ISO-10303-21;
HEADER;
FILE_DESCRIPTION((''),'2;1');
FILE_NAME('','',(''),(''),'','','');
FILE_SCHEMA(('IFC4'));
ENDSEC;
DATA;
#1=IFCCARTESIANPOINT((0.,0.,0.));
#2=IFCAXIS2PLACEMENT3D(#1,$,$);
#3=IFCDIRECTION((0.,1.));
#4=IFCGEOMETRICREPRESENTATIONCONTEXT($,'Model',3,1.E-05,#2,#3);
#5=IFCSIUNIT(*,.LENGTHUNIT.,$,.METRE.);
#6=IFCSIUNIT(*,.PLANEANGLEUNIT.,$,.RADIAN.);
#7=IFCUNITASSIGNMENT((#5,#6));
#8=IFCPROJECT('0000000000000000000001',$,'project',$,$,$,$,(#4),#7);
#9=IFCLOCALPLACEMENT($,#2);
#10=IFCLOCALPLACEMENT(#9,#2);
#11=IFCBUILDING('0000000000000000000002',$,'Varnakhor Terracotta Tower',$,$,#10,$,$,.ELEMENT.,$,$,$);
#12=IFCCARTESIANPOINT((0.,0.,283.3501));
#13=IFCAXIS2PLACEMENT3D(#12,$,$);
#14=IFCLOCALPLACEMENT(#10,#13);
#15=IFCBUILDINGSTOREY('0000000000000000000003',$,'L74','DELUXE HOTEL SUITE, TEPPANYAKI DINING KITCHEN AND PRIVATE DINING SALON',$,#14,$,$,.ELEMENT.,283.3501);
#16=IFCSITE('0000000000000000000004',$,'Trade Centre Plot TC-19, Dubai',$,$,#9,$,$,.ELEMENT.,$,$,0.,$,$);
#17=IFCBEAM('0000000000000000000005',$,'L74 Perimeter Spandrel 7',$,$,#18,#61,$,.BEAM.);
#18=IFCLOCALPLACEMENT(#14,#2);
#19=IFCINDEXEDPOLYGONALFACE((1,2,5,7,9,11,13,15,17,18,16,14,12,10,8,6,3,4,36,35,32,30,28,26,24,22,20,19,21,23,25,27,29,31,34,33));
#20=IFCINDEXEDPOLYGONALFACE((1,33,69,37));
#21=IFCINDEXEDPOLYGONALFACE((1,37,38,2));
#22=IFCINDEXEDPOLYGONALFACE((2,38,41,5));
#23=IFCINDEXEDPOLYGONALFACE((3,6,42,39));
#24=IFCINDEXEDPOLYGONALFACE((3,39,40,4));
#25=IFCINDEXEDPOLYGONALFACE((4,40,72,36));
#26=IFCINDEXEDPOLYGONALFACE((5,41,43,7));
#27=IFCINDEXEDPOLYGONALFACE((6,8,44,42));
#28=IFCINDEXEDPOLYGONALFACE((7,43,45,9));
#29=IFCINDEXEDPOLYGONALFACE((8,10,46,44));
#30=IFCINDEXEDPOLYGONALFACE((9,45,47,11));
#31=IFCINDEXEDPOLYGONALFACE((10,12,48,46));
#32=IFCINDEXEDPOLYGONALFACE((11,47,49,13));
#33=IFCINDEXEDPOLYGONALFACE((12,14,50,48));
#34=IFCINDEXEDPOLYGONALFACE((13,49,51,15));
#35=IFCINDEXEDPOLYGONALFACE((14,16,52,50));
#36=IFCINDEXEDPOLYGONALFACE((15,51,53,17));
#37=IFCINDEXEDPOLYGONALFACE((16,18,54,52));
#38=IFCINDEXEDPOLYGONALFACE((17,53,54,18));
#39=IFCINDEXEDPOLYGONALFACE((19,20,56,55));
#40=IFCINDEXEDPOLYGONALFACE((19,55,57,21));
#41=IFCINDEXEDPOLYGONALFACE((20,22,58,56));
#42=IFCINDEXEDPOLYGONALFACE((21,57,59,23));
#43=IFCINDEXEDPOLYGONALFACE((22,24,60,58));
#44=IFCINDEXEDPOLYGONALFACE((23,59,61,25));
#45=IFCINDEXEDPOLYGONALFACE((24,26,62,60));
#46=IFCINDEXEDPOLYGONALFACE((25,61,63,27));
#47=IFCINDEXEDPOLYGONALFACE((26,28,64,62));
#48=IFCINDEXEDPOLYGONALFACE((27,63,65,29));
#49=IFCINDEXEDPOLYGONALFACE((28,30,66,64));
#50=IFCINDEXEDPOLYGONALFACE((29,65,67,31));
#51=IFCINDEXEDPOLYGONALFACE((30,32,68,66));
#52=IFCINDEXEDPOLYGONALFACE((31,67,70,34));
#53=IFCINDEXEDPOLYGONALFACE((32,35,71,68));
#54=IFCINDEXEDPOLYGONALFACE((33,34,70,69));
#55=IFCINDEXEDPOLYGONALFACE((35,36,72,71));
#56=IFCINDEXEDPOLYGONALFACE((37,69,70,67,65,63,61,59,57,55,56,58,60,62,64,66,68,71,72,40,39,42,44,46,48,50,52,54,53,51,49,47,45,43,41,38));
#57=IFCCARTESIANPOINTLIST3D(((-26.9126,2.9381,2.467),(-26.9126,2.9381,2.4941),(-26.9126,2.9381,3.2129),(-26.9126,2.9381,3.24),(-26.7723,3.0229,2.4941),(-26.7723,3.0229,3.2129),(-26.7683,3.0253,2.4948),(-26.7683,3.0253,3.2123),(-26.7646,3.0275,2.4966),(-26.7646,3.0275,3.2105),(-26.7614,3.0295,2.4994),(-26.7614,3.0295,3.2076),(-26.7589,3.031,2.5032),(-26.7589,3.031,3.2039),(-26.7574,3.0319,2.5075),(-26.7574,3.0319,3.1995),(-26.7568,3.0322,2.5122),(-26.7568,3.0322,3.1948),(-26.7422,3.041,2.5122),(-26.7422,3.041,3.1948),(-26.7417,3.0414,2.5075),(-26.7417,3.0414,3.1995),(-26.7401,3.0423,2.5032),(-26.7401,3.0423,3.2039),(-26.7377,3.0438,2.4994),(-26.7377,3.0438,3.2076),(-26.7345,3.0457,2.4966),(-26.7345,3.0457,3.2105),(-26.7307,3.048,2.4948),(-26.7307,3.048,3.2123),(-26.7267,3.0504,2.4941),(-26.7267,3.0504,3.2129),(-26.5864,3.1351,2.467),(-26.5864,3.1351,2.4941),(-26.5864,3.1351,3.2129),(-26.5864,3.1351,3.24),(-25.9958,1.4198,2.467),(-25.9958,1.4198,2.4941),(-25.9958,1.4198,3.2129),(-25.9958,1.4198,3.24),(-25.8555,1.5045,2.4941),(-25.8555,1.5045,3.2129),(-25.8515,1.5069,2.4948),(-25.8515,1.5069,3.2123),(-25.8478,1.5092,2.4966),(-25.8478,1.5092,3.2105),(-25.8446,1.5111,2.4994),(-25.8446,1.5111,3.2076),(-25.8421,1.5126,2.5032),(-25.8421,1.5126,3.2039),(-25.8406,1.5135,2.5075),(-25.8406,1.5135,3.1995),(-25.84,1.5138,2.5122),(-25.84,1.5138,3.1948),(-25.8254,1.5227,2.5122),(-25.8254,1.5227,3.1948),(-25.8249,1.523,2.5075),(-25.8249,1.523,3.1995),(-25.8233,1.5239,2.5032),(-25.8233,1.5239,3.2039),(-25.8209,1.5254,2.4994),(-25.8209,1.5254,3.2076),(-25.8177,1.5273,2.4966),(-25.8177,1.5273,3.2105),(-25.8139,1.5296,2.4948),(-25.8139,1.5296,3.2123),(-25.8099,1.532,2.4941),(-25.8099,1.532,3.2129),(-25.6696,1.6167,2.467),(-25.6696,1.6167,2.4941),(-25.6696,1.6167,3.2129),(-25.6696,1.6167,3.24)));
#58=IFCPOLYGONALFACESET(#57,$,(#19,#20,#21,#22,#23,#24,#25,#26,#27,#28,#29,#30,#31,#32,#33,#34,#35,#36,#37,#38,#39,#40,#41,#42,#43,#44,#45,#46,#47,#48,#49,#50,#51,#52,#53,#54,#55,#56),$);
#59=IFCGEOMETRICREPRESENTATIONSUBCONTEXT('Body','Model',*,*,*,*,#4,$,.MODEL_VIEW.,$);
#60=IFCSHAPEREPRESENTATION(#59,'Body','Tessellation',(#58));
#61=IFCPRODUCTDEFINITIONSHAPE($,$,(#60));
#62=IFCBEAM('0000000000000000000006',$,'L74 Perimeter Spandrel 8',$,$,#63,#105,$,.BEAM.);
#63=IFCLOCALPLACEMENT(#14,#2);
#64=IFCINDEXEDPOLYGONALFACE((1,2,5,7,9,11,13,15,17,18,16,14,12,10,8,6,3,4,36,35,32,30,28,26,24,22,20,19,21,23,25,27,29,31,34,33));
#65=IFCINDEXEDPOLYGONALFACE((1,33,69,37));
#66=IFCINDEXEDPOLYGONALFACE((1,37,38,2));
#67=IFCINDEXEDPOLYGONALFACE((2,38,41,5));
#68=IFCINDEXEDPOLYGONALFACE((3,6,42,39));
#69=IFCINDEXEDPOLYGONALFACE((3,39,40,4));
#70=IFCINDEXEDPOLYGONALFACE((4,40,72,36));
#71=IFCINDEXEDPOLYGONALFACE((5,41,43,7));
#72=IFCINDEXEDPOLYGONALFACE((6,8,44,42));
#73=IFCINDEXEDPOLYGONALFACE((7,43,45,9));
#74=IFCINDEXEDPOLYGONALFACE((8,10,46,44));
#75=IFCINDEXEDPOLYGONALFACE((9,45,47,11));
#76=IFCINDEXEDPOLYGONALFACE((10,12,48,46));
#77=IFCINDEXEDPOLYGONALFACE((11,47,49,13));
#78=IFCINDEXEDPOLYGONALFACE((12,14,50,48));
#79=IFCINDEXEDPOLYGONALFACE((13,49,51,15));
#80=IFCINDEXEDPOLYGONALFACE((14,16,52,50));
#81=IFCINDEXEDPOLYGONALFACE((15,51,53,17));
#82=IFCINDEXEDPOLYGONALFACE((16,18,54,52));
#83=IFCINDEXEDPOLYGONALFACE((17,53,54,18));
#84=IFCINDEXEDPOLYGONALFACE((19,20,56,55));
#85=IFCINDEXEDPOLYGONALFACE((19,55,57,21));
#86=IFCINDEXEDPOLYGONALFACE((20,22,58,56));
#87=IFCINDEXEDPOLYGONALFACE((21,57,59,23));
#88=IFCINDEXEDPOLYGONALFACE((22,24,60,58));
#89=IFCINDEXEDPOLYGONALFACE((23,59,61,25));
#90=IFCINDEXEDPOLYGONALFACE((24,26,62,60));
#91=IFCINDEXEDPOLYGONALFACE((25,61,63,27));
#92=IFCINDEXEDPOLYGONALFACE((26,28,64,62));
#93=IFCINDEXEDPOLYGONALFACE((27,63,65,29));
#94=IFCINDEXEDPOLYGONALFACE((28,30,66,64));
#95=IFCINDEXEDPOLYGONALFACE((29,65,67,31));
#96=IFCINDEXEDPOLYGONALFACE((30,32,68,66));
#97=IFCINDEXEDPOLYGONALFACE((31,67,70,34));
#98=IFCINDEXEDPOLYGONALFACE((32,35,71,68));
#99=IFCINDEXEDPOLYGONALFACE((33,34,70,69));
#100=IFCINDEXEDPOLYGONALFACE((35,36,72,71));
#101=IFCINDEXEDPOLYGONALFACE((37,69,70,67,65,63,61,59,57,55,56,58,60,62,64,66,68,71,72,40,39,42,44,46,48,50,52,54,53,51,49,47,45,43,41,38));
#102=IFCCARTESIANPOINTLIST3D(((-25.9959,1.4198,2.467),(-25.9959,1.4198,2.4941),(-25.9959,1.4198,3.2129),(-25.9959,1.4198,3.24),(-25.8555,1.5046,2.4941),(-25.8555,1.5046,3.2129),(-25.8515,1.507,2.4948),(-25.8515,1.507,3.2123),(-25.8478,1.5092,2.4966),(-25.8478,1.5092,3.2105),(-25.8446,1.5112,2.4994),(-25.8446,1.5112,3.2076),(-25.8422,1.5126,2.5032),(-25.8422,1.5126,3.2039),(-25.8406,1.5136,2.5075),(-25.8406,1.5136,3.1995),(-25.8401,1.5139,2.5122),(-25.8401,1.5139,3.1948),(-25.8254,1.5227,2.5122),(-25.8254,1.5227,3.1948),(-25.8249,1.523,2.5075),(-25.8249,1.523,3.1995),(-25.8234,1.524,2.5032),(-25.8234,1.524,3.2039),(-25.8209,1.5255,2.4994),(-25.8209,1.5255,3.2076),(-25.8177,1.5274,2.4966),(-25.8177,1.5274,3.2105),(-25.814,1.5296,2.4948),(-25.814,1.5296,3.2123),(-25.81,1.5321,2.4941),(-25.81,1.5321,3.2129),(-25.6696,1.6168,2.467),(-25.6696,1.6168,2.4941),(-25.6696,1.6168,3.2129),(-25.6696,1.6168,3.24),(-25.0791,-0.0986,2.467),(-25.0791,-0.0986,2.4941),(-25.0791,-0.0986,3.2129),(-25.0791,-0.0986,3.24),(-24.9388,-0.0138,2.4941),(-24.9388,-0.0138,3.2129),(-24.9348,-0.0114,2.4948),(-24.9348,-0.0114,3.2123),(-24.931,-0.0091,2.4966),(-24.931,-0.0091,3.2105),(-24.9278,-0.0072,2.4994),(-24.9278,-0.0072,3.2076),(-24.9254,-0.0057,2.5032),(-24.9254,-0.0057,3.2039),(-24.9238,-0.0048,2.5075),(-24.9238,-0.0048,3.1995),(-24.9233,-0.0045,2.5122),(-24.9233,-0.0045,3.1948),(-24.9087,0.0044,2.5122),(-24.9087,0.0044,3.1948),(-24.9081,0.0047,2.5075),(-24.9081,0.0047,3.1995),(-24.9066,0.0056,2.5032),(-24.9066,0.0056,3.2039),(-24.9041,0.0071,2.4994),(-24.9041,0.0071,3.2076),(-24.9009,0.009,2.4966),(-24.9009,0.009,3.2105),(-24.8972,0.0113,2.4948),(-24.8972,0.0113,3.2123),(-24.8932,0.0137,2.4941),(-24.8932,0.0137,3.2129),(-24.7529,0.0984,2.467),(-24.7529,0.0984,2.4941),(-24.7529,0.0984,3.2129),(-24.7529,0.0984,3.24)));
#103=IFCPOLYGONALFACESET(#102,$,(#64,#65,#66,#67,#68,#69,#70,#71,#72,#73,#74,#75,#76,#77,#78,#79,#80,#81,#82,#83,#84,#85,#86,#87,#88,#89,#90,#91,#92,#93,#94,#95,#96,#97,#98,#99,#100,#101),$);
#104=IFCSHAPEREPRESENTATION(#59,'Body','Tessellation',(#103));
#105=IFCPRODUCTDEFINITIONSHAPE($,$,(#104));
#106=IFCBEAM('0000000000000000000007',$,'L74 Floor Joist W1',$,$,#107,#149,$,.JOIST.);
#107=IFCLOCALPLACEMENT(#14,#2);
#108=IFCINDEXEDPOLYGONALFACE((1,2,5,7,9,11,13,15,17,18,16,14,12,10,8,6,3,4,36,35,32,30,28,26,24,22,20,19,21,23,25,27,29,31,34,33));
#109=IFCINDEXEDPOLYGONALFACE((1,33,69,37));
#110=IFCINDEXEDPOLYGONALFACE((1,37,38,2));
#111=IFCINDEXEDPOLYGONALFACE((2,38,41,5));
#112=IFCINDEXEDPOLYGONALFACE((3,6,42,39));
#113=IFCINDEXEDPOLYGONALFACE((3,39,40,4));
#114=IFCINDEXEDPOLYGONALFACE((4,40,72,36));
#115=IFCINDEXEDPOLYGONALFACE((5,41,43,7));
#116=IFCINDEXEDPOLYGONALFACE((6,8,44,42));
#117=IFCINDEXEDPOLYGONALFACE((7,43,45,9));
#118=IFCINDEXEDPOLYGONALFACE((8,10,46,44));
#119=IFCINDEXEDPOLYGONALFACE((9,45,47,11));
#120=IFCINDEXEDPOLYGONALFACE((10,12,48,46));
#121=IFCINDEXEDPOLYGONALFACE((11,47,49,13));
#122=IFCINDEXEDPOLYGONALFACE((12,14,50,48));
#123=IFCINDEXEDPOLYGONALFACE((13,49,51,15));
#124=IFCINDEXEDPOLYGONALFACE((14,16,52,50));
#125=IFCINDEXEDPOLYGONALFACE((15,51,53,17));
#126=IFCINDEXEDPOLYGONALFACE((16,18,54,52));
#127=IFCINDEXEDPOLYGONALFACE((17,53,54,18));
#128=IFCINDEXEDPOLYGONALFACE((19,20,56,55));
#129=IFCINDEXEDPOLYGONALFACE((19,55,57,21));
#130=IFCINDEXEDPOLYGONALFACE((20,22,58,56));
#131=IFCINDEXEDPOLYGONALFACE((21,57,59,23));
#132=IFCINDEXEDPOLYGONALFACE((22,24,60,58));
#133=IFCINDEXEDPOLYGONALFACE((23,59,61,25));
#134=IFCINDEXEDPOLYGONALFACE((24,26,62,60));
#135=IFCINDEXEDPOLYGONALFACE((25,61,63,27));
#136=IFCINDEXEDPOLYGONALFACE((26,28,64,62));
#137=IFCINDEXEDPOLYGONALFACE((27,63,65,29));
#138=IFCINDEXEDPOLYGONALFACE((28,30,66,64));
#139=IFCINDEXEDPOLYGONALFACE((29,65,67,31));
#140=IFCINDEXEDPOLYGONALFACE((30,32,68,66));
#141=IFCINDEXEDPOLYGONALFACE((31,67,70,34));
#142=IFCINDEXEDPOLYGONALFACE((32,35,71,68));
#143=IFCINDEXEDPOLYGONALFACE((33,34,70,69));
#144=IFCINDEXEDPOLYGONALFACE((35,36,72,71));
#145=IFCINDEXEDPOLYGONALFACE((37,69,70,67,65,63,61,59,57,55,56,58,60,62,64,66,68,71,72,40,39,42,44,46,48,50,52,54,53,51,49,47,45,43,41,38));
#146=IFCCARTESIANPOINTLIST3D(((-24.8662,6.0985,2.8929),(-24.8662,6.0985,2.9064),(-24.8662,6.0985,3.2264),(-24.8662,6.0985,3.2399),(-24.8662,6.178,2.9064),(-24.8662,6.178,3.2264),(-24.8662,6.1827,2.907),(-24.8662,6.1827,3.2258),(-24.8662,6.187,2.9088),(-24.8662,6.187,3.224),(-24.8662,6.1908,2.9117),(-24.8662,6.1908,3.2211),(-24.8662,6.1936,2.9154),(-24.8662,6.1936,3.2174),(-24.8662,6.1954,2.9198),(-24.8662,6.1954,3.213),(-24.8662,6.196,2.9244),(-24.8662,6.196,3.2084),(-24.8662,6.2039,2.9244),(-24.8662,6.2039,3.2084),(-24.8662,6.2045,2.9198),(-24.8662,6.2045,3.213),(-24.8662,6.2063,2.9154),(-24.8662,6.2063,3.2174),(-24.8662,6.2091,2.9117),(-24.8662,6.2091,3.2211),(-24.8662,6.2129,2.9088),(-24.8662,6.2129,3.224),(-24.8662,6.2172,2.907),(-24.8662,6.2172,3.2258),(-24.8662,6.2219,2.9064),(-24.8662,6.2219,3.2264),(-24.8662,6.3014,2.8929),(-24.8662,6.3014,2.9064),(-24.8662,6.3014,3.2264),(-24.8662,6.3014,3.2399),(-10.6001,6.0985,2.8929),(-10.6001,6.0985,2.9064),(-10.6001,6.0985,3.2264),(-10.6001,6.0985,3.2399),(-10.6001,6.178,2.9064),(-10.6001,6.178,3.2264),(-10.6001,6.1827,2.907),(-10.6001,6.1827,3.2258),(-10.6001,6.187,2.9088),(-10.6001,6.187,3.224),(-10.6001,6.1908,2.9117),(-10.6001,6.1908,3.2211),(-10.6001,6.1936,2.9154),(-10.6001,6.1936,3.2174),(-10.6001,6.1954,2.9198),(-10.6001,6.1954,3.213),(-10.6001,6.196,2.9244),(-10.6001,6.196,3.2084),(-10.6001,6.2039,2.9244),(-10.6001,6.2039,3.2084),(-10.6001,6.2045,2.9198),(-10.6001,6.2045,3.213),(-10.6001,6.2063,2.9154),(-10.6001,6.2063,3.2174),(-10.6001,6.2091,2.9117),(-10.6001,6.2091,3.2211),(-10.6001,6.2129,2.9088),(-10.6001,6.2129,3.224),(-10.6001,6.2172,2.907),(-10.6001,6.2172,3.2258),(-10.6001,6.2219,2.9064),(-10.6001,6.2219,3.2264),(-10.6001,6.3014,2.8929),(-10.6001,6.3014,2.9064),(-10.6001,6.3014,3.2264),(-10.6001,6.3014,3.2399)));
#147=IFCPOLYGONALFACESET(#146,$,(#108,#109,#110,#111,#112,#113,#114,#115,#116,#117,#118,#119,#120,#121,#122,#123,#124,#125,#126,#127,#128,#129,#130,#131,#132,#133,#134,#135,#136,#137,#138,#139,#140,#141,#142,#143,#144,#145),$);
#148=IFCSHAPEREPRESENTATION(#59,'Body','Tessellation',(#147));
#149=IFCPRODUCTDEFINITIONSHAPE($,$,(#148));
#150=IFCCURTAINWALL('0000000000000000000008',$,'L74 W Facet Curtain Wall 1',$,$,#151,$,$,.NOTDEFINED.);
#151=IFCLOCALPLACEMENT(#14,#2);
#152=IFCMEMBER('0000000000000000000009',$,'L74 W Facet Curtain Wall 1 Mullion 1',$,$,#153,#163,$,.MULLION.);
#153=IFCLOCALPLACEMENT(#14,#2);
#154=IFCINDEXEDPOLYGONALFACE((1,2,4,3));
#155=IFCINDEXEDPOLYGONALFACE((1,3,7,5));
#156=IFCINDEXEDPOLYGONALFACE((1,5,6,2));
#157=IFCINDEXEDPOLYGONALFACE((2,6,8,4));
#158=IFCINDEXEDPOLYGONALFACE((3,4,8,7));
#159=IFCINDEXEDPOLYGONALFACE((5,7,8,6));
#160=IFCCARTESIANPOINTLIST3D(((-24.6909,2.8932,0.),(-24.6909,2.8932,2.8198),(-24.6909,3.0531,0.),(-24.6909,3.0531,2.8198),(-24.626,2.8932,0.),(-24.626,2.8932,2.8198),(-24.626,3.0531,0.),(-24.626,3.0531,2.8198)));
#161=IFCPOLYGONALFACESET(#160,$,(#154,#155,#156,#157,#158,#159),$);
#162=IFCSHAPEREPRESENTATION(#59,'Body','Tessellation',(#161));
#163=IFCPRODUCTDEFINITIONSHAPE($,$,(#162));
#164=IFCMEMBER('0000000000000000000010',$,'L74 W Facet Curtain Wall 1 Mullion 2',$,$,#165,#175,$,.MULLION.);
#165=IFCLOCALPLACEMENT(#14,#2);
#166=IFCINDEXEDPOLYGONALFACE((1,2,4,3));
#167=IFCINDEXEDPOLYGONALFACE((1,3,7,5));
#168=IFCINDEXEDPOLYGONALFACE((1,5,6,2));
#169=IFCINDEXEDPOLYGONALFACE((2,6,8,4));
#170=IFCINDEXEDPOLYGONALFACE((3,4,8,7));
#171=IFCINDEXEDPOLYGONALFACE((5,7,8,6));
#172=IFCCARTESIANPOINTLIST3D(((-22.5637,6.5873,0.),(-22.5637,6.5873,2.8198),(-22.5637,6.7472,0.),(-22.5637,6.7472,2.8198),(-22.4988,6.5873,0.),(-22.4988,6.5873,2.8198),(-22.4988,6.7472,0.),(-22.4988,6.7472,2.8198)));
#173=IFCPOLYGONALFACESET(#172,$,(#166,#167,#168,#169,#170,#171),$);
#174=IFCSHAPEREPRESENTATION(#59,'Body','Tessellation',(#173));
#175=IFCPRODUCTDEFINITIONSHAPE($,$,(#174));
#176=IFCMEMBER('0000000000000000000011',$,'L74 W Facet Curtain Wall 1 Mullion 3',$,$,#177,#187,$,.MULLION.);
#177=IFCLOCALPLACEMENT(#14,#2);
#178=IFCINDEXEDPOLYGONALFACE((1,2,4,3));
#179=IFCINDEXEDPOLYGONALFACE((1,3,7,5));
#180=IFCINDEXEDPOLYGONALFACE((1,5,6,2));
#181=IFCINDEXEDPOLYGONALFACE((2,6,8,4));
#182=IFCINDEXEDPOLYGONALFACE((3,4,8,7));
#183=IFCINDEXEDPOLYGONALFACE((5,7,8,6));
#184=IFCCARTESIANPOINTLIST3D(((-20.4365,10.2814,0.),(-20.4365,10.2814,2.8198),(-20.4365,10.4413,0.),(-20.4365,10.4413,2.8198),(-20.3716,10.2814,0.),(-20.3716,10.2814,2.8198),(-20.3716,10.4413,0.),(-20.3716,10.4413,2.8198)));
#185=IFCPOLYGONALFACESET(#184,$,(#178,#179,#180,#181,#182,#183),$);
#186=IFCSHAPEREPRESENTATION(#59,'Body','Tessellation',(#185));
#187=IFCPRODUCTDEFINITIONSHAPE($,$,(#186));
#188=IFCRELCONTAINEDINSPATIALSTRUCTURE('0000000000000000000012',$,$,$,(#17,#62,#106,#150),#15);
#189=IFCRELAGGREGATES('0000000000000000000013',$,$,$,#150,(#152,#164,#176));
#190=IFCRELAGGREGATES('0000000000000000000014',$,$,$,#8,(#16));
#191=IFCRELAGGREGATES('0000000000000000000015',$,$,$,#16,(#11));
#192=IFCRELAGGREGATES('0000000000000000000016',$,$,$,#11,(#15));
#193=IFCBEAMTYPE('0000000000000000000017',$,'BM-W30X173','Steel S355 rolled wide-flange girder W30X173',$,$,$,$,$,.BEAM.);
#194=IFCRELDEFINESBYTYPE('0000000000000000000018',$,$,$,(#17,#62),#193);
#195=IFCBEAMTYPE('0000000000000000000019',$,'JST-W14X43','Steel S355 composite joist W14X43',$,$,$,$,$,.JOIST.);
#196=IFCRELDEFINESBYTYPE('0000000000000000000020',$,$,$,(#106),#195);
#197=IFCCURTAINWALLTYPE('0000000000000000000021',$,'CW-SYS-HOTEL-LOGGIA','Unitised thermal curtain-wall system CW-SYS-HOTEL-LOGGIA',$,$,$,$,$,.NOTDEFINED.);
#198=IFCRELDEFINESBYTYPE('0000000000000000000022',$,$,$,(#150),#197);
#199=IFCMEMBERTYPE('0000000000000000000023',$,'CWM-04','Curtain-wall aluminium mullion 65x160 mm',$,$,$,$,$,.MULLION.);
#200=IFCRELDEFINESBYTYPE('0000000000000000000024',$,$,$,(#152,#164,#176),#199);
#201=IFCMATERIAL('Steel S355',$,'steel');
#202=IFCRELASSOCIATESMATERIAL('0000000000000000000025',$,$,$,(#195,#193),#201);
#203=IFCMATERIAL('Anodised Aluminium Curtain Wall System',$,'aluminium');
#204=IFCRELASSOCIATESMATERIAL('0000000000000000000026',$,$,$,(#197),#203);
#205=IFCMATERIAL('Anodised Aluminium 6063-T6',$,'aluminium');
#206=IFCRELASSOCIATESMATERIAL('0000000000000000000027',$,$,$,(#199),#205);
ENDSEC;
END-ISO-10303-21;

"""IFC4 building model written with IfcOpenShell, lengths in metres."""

from ifc_helpers import new_model, si_unit, direction, frame, origin, origin_2d, place, context, subcontext, project, spatial, rectangle, i_section, extrude, source, transform, mapped, material, material_profile, profile_set, type_object, element, aggregate, save


model = new_model("IFC4")

# Units and contexts
model_context = context("Model", 3, precision=1e-05, world=origin(), true_north=direction((0.0, 1.0)))
body_context = subcontext(model_context, "Body", "Model", "MODEL_VIEW")
ifc_project = project(units=[si_unit("LENGTHUNIT", "METRE"), si_unit("PLANEANGLEUNIT", "RADIAN")], contexts=[model_context])

# Site, building, storey
site_placement = place(None, origin())
site = spatial("IfcSite", under=ifc_project, at=site_placement, Name="Trade Centre Plot TC-19, Dubai", CompositionType="ELEMENT", RefElevation=0.0)
building_placement = place(site_placement, origin())
building = spatial("IfcBuilding", under=site, at=building_placement, Name="Varnakhor Terracotta Tower", CompositionType="ELEMENT")
storey_placement = place(building_placement, frame((0.0, 0.0, 283.3501)))
storey = spatial("IfcBuildingStorey", under=building, at=storey_placement, Name="L74", Description="DELUXE HOTEL SUITE, TEPPANYAKI DINING KITCHEN AND PRIVATE DINING SALON", CompositionType="ELEMENT", Elevation=283.3501)

# Shared definitions
ifc_material_1 = material(Name="Steel S355", Category="steel")

# Beams
ifc_material_profile_1 = material_profile(ifc_material_1, i_section(OverallWidth=0.2029, OverallDepth=0.3469, WebThickness=0.0078, FlangeThickness=0.0134, FilletRadius=0.0181, at=origin_2d()), Name="W14X43")
ifc_profile_set_1 = profile_set([ifc_material_profile_1], Name="Steel S355")
beam_type_1 = type_object("IfcBeamType", Name="JST-W14X43", Description="Steel S355 composite joist W14X43", PredefinedType="JOIST", material=ifc_profile_set_1)
ifc_material_profile_2 = material_profile(ifc_material_1, i_section(OverallWidth=0.3811, OverallDepth=0.7729, WebThickness=0.0171, FlangeThickness=0.0271, FilletRadius=0.0181, at=origin_2d()), Name="W30X173")
ifc_profile_set_2 = profile_set([ifc_material_profile_2], Name="Steel S355")
beam_type_2 = type_object("IfcBeamType", Name="BM-W30X173", Description="Steel S355 rolled wide-flange girder W30X173", PredefinedType="BEAM", material=ifc_profile_set_2)
shared_shape_1 = source(origin(), body_context, "Body", "SweptSolid", [
    extrude(i_section(OverallWidth=0.3811, OverallDepth=0.7729, WebThickness=0.0171, FlangeThickness=0.0271, FilletRadius=0.0181, at=origin_2d()), origin(), (0.0, 0.0, 1.0), 1.7737),
])
for number, where, z_axis, x_axis, name in (
    (1, (-26.7495, 3.0366, 2.8535), (0.516882, -0.856056, 0.0), (0.856056, 0.516882, 0.0), "L74 Perimeter Spandrel 7"),
    (2, (-25.8328, 1.5183, 2.8535), (0.516882, -0.856056, 0.0), (0.856056, 0.516882, 0.0), "L74 Perimeter Spandrel 8"),
):
    element("IfcBeam", number, at=place(storey_placement, frame(where, z_axis=z_axis, x_axis=x_axis)), inside=storey, type_object=beam_type_2, Name=name, PredefinedType="BEAM", context=body_context, shape_type="MappedRepresentation", body=[
        mapped(shared_shape_1, transform((0.0, 0.0, 0.0), scale=1.0)),
    ])
shared_shape_2 = source(origin(), body_context, "Body", "SweptSolid", [
    extrude(i_section(OverallWidth=0.2029, OverallDepth=0.3469, WebThickness=0.0078, FlangeThickness=0.0134, FilletRadius=0.0181, at=origin_2d()), origin(), (0.0, 0.0, 1.0), 14.2661),
])
beam_1_placement = place(storey_placement, frame((-24.8662, 6.2, 3.0664), z_axis=(1.0, 0.0, 0.0), x_axis=(0.0, 1.0, 0.0)))
element("IfcBeam", 3, at=beam_1_placement, inside=storey, type_object=beam_type_1, Name="L74 Floor Joist W1", PredefinedType="JOIST", context=body_context, shape_type="MappedRepresentation", body=[
    mapped(shared_shape_2, transform((0.0, 0.0, 0.0), scale=1.0)),
])

# Curtain wall, members
ifc_material_2 = material(Name="Anodised Aluminium Curtain Wall System", Category="aluminium")
curtain_wall_type = type_object("IfcCurtainWallType", Name="CW-SYS-HOTEL-LOGGIA", Description="Unitised thermal curtain-wall system CW-SYS-HOTEL-LOGGIA", PredefinedType="NOTDEFINED", material=ifc_material_2)
curtain_wall_1_placement = place(storey_placement, origin())
curtain_wall_1 = element("IfcCurtainWall", 4, at=curtain_wall_1_placement, inside=storey, type_object=curtain_wall_type, Name="L74 W Facet Curtain Wall 1", PredefinedType="NOTDEFINED")
ifc_material_3 = material(Name="Anodised Aluminium 6063-T6", Category="aluminium")
ifc_material_profile_3 = material_profile(ifc_material_3, rectangle(XDim=0.0649, YDim=0.1599, at=origin_2d()), Name="ALU MULLION 65x160")
ifc_profile_set_3 = profile_set([ifc_material_profile_3], Name="Anodised Aluminium 6063-T6")
member_type_1 = type_object("IfcMemberType", Name="CWM-04", Description="Curtain-wall aluminium mullion 65x160 mm", PredefinedType="MULLION", material=ifc_profile_set_3)
shared_shape_3 = source(origin(), body_context, "Body", "SweptSolid", [
    extrude(rectangle(XDim=0.0649, YDim=0.1599, at=origin_2d()), origin(), (0.0, 0.0, 1.0), 2.8198),
])
member_1_placement = place(storey_placement, frame((-24.6584, 2.9731, 0.0), z_axis=(0.0, 0.0, 1.0), x_axis=(1.0, 0.0, 0.0)))
member_1 = element("IfcMember", 5, at=member_1_placement, type_object=member_type_1, Name="L74 W Facet Curtain Wall 1 Mullion 1", PredefinedType="MULLION", context=body_context, shape_type="MappedRepresentation", body=[
    mapped(shared_shape_3, transform((0.0, 0.0, 0.0), scale=1.0)),
])
member_2_placement = place(storey_placement, frame((-22.5312, 6.6672, 0.0), z_axis=(0.0, 0.0, 1.0), x_axis=(1.0, 0.0, 0.0)))
member_2 = element("IfcMember", 6, at=member_2_placement, type_object=member_type_1, Name="L74 W Facet Curtain Wall 1 Mullion 2", PredefinedType="MULLION", context=body_context, shape_type="MappedRepresentation", body=[
    mapped(shared_shape_3, transform((0.0, 0.0, 0.0), scale=1.0)),
])
member_3_placement = place(storey_placement, frame((-20.4041, 10.3613, 0.0), z_axis=(0.0, 0.0, 1.0), x_axis=(1.0, 0.0, 0.0)))
member_3 = element("IfcMember", 7, at=member_3_placement, type_object=member_type_1, Name="L74 W Facet Curtain Wall 1 Mullion 3", PredefinedType="MULLION", context=body_context, shape_type="MappedRepresentation", body=[
    mapped(shared_shape_3, transform((0.0, 0.0, 0.0), scale=1.0)),
])

aggregate(curtain_wall_1, [member_1, member_2, member_3])

save(model, "model.ifc")
